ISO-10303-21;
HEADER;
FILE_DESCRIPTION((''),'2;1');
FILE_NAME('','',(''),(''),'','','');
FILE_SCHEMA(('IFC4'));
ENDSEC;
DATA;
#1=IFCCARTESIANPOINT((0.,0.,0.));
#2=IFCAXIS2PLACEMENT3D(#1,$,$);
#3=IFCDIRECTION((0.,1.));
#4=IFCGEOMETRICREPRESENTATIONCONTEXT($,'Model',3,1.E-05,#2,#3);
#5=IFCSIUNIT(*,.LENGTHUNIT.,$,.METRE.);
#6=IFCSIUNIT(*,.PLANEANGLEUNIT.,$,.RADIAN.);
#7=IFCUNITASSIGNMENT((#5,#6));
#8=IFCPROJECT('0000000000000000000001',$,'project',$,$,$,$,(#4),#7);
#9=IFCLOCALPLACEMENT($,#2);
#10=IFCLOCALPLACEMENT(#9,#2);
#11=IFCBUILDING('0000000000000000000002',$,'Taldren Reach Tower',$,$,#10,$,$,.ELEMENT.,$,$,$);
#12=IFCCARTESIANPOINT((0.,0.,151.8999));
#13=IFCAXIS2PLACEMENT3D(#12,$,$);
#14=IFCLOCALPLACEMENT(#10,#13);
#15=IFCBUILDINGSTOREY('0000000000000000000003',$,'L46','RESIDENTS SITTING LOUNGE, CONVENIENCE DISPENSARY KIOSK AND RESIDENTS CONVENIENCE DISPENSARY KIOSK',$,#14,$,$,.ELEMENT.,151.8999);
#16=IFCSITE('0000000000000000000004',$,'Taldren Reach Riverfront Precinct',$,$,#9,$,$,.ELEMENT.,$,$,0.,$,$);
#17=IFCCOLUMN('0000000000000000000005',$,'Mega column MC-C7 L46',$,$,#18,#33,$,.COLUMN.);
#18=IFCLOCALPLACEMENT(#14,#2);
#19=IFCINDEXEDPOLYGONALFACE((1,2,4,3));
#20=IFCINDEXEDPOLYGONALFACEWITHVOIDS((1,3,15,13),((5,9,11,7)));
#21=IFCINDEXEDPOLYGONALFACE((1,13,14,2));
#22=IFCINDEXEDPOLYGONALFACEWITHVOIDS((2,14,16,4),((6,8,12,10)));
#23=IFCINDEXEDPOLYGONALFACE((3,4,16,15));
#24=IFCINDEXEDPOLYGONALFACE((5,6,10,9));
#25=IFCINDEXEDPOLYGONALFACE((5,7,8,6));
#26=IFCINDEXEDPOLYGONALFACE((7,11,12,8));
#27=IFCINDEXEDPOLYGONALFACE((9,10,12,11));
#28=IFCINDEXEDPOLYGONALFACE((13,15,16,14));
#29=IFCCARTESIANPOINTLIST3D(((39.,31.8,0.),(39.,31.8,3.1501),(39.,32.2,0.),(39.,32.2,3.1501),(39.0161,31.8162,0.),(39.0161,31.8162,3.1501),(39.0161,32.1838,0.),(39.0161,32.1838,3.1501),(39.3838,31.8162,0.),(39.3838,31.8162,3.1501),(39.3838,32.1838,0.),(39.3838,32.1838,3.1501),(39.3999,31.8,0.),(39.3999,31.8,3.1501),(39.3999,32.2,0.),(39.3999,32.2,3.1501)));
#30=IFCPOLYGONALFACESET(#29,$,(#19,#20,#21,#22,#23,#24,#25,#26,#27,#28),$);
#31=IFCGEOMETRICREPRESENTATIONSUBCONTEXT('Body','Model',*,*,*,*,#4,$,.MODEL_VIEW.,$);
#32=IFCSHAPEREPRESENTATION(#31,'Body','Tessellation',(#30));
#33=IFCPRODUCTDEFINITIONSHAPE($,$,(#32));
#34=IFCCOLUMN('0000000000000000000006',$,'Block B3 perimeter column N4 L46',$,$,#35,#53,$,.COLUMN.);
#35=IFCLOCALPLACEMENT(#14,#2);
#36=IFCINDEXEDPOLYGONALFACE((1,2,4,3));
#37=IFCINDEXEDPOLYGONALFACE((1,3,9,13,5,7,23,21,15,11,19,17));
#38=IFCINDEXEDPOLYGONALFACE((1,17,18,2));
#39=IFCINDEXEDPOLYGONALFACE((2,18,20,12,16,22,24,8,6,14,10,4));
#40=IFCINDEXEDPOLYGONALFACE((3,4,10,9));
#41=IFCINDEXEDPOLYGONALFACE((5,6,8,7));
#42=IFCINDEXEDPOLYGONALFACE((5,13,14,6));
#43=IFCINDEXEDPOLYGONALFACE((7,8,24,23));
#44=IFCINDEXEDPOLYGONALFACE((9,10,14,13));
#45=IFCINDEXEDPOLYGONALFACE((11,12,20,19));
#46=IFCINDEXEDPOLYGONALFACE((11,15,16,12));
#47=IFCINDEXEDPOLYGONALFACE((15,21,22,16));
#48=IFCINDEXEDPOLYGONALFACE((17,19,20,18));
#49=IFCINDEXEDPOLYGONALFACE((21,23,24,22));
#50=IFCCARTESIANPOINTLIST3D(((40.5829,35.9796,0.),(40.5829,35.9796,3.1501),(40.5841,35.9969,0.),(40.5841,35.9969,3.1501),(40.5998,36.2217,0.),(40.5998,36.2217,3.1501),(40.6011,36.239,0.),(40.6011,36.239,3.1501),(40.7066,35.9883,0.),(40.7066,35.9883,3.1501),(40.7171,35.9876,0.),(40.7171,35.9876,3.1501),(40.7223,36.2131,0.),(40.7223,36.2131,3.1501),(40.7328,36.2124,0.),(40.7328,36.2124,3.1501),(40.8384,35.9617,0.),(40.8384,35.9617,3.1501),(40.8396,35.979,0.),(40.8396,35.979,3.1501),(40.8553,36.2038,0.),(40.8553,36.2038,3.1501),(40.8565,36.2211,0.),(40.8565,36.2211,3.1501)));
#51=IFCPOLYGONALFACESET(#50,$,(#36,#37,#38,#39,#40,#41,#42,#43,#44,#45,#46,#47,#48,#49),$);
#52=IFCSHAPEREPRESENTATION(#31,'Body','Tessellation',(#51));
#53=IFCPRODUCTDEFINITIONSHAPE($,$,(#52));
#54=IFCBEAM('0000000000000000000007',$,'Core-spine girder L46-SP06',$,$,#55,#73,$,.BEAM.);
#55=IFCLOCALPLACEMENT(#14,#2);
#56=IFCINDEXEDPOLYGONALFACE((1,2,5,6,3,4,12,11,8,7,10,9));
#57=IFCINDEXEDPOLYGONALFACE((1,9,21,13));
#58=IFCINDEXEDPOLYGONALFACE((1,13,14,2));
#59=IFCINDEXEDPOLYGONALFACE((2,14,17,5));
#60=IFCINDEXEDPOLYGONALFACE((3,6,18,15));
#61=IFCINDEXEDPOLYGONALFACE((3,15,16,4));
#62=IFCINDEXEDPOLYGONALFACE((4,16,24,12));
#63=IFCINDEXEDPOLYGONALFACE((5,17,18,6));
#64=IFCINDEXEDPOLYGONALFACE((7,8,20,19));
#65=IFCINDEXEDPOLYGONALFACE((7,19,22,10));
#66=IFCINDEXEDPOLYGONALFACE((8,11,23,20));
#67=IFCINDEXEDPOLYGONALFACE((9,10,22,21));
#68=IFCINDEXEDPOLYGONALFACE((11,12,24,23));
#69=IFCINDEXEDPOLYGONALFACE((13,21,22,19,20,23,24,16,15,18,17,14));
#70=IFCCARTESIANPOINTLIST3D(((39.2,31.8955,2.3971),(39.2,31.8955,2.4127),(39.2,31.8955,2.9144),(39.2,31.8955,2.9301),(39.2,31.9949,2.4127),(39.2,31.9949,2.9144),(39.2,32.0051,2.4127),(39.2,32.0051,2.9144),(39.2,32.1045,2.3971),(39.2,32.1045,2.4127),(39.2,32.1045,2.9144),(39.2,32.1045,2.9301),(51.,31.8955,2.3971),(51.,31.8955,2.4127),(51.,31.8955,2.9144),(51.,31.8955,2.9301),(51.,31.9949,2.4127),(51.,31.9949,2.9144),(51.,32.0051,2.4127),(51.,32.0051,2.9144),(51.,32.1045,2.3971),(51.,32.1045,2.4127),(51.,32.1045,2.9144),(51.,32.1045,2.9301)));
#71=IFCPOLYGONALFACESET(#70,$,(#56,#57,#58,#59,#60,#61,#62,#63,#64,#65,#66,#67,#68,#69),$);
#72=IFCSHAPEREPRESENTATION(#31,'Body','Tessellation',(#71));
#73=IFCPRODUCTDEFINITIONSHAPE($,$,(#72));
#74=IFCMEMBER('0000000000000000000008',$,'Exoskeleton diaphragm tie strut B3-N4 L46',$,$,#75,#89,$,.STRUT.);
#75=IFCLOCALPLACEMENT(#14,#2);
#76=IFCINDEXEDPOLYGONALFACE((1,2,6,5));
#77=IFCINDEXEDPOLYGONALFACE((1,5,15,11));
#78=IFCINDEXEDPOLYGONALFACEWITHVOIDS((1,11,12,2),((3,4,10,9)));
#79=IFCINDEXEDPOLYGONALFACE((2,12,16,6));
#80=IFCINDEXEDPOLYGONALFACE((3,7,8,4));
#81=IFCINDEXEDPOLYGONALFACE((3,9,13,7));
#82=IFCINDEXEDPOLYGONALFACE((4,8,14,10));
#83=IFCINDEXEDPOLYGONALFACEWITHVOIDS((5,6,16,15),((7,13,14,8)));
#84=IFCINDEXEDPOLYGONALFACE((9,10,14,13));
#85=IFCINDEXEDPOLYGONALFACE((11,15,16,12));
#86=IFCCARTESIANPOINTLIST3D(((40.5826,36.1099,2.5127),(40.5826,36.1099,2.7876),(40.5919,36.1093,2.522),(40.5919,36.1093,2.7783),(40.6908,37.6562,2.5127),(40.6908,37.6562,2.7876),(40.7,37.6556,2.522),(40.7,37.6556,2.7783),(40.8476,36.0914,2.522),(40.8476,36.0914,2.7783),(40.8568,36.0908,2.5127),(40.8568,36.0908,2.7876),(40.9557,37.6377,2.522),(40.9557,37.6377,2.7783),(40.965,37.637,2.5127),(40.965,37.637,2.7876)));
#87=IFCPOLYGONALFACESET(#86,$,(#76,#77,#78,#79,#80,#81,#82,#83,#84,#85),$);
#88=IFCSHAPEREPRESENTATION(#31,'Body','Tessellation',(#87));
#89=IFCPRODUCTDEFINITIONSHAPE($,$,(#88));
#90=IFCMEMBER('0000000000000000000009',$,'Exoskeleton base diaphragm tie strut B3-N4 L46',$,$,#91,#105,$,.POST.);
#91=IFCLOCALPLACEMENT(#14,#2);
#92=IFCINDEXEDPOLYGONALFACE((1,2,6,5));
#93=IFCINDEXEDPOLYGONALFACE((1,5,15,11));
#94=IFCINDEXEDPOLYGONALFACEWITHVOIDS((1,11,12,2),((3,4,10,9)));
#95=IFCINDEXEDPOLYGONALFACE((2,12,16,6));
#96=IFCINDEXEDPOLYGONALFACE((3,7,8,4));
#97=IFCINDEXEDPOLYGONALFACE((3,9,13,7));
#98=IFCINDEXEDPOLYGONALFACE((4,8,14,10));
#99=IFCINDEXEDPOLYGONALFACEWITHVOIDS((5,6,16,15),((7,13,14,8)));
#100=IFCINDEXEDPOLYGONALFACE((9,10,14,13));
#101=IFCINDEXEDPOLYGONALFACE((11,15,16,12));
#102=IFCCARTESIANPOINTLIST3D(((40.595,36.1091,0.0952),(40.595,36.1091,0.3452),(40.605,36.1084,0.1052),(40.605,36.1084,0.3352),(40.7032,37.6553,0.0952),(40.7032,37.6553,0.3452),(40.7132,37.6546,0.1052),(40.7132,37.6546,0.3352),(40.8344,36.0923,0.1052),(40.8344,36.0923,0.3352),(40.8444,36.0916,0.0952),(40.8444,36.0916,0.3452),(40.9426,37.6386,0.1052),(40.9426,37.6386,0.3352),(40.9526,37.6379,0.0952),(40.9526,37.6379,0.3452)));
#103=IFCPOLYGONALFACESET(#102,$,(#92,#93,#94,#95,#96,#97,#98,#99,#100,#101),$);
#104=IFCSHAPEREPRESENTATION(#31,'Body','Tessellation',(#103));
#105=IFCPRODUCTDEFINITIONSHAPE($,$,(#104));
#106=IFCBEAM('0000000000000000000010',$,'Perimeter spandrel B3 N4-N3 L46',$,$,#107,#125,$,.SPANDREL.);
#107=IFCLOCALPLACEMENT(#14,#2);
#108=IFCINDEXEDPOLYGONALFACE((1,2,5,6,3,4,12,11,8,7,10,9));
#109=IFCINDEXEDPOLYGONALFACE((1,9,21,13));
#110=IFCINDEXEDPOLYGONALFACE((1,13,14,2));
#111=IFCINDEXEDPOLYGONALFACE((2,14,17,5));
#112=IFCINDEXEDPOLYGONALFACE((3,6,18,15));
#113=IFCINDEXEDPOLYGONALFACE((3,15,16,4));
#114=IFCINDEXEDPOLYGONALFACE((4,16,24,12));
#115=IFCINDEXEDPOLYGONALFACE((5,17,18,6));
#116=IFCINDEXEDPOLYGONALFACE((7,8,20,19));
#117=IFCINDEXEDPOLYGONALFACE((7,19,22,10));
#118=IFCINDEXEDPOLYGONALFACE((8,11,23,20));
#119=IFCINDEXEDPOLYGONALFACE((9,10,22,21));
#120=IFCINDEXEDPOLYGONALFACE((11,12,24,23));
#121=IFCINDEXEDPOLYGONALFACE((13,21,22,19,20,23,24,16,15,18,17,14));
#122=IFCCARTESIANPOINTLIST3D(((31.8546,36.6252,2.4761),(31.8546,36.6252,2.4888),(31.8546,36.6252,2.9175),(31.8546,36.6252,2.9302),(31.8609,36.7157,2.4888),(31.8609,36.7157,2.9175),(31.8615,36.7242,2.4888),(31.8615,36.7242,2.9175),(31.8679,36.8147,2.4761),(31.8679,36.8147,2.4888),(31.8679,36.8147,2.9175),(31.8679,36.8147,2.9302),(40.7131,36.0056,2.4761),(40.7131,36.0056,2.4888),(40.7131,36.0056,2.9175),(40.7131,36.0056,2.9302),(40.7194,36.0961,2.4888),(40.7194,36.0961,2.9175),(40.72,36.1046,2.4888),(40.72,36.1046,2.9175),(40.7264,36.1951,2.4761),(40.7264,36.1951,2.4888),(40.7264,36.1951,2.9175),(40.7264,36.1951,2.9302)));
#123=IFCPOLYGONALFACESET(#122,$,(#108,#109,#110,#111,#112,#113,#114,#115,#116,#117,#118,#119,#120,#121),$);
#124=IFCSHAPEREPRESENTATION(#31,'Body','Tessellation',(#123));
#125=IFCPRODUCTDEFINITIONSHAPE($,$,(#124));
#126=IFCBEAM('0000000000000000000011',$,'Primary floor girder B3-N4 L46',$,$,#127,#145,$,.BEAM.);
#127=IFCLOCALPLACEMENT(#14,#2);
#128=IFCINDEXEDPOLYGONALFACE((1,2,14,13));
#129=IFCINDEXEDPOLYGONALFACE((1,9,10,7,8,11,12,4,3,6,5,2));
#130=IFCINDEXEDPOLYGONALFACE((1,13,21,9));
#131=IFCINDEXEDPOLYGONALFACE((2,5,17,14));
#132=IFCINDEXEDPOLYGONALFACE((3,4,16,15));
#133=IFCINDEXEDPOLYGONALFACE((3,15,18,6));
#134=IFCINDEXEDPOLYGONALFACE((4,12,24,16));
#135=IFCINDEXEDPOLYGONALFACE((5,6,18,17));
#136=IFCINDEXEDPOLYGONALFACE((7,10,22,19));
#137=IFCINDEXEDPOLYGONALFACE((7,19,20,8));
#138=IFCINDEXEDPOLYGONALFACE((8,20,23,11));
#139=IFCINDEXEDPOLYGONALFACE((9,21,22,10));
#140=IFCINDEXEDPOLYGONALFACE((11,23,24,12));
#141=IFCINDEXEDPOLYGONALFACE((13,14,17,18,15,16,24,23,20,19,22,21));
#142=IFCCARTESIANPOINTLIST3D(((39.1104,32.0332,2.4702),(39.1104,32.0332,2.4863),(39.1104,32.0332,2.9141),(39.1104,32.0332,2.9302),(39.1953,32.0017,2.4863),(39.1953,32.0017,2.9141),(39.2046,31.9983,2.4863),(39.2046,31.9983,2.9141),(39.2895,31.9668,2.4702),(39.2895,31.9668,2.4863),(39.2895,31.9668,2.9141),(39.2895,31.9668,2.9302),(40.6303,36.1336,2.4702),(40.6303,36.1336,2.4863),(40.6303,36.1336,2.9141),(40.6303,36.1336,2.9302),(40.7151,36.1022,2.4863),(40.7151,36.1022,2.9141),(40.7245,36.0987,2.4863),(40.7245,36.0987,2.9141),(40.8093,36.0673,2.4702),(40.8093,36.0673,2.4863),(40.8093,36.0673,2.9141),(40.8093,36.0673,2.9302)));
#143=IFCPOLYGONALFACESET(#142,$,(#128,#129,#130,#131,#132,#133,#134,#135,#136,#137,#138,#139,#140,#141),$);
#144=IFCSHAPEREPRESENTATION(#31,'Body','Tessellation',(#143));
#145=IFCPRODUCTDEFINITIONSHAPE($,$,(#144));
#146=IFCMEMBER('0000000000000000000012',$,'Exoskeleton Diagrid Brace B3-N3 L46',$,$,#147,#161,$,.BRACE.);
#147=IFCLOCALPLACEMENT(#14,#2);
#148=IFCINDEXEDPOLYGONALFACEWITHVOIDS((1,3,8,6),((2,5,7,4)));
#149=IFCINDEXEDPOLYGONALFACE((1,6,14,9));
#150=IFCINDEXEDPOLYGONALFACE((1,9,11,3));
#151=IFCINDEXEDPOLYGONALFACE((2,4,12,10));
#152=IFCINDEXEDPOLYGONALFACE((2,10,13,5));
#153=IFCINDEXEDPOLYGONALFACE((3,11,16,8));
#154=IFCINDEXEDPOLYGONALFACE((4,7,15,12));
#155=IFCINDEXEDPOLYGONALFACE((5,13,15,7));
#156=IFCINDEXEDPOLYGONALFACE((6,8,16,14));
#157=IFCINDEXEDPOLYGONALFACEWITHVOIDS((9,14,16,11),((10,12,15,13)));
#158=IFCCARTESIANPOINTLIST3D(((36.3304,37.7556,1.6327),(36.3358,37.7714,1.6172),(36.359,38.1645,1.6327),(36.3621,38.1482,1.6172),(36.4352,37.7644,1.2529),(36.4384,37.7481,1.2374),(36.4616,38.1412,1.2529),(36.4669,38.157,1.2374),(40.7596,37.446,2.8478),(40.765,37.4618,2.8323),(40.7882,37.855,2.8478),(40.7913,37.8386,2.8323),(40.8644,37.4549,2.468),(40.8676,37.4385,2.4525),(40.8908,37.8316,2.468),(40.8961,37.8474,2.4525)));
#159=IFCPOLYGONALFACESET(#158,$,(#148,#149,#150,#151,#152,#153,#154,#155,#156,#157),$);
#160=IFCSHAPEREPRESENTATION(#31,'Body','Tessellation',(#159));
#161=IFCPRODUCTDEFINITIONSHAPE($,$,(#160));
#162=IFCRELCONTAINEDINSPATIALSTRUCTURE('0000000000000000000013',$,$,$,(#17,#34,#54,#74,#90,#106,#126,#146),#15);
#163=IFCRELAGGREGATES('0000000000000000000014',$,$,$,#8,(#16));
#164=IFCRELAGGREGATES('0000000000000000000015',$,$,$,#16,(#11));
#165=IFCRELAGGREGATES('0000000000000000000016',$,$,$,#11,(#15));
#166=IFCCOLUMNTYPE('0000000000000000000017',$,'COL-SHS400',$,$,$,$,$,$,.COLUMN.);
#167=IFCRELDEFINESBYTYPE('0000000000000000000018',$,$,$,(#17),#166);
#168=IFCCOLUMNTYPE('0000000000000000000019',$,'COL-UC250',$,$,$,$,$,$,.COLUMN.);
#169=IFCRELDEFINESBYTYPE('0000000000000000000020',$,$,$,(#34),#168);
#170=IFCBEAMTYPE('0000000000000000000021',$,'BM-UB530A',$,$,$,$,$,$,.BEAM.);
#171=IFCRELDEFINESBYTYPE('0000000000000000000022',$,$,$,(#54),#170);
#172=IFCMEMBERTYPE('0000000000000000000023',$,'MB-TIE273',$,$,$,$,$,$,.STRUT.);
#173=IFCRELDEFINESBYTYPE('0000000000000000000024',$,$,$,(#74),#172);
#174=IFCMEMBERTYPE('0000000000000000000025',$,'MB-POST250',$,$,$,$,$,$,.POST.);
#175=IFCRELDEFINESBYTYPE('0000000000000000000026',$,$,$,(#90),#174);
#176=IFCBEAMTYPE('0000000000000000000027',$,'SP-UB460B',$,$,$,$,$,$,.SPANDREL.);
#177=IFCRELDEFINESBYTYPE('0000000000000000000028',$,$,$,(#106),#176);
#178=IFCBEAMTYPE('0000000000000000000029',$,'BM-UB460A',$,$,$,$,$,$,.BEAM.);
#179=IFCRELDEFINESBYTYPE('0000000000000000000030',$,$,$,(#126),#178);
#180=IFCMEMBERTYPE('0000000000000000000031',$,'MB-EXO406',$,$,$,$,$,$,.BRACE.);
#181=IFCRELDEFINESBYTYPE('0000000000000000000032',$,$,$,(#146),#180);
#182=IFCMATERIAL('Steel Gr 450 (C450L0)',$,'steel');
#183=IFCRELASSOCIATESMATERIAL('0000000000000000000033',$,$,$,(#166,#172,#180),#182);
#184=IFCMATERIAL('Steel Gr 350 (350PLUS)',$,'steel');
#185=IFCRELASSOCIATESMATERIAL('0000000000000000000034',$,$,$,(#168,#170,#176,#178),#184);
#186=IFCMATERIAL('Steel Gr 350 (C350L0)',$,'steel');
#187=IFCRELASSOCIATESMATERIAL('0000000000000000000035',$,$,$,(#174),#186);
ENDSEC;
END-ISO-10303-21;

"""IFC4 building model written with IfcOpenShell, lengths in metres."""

from ifc_helpers import new_model, si_unit, direction, frame, origin, origin_2d, place, context, subcontext, project, spatial, hollow_rectangle, i_section, extrude, source, transform, mapped, material, material_profile, profile_set, type_object, element, save


model = new_model("IFC4")

# Units and contexts
model_context = context("Model", 3, precision=1e-05, world=origin(), true_north=direction((0.0, 1.0)))
body_context = subcontext(model_context, "Body", "Model", "MODEL_VIEW")
ifc_project = project(units=[si_unit("LENGTHUNIT", "METRE"), si_unit("PLANEANGLEUNIT", "RADIAN")], contexts=[model_context])

# Site, building, storey
site_placement = place(None, origin())
site = spatial("IfcSite", under=ifc_project, at=site_placement, Name="Taldren Reach Riverfront Precinct", CompositionType="ELEMENT", RefElevation=0.0)
building_placement = place(site_placement, origin())
building = spatial("IfcBuilding", under=site, at=building_placement, Name="Taldren Reach Tower", CompositionType="ELEMENT")
storey_placement = place(building_placement, frame((0.0, 0.0, 151.8999)))
storey = spatial("IfcBuildingStorey", under=building, at=storey_placement, Name="L46", Description="RESIDENTS SITTING LOUNGE, CONVENIENCE DISPENSARY KIOSK AND RESIDENTS CONVENIENCE DISPENSARY KIOSK", CompositionType="ELEMENT", Elevation=151.8999)

# Columns
ifc_material_1 = material(Name="Steel Gr 450 (C450L0)", Category="steel")
ifc_material_profile_1 = material_profile(ifc_material_1, hollow_rectangle(XDim=0.3999, YDim=0.3999, WallThickness=0.0161, at=origin_2d()), Name="400x400x16.0SHS")
ifc_profile_set_1 = profile_set([ifc_material_profile_1], Name="Steel Gr 450 (C450L0)")
column_type_1 = type_object("IfcColumnType", Name="COL-SHS400", PredefinedType="COLUMN", material=ifc_profile_set_1)
shared_shape_1 = source(origin(), body_context, "Body", "SweptSolid", [
    extrude(hollow_rectangle(XDim=0.3999, YDim=0.3999, WallThickness=0.0161, at=origin_2d()), origin(), (0.0, 0.0, 1.0), 3.1501),
])
column_1_placement = place(storey_placement, frame((39.2, 32.0, 0.0), z_axis=(0.0, 0.0, 1.0), x_axis=(1.0, 0.0, 0.0)))
element("IfcColumn", 1, at=column_1_placement, inside=storey, type_object=column_type_1, Name="Mega column MC-C7 L46", PredefinedType="COLUMN", context=body_context, shape_type="MappedRepresentation", body=[
    mapped(shared_shape_1, transform((0.0, 0.0, 0.0), scale=1.0)),
])
ifc_material_2 = material(Name="Steel Gr 350 (350PLUS)", Category="steel")
ifc_material_profile_2 = material_profile(ifc_material_2, i_section(OverallWidth=0.2561, OverallDepth=0.26, WebThickness=0.0105, FlangeThickness=0.0173, at=origin_2d()), Name="250UC89.5")
ifc_profile_set_2 = profile_set([ifc_material_profile_2], Name="Steel Gr 350 (350PLUS)")
column_type_2 = type_object("IfcColumnType", Name="COL-UC250", PredefinedType="COLUMN", material=ifc_profile_set_2)
shared_shape_2 = source(origin(), body_context, "Body", "SweptSolid", [
    extrude(i_section(OverallWidth=0.2561, OverallDepth=0.26, WebThickness=0.0105, FlangeThickness=0.0173, at=origin_2d()), origin(), (0.0, 0.0, 1.0), 3.1501),
])
column_2_placement = place(storey_placement, frame((40.7197, 36.1003, 0.0), z_axis=(0.0, 0.0, 1.0), x_axis=(0.997564, -0.069756, 0.0)))
element("IfcColumn", 2, at=column_2_placement, inside=storey, type_object=column_type_2, Name="Block B3 perimeter column N4 L46", PredefinedType="COLUMN", context=body_context, shape_type="MappedRepresentation", body=[
    mapped(shared_shape_2, transform((0.0, 0.0, 0.0), scale=1.0)),
])

# Beam
ifc_material_profile_3 = material_profile(ifc_material_2, i_section(OverallWidth=0.209, OverallDepth=0.533, WebThickness=0.0103, FlangeThickness=0.0156, at=origin_2d()), Name="530UB92.4")
ifc_profile_set_3 = profile_set([ifc_material_profile_3], Name="Steel Gr 350 (350PLUS)")
beam_type_1 = type_object("IfcBeamType", Name="BM-UB530A", PredefinedType="BEAM", material=ifc_profile_set_3)
shared_shape_3 = source(origin(), body_context, "Body", "SweptSolid", [
    extrude(i_section(OverallWidth=0.209, OverallDepth=0.533, WebThickness=0.0103, FlangeThickness=0.0156, at=origin_2d()), origin(), (0.0, 0.0, 1.0), 11.8),
])
beam_1_placement = place(storey_placement, frame((39.2, 32.0, 2.6636), z_axis=(1.0, 0.0, 0.0), x_axis=(0.0, 1.0, 0.0)))
element("IfcBeam", 3, at=beam_1_placement, inside=storey, type_object=beam_type_1, Name="Core-spine girder L46-SP06", PredefinedType="BEAM", context=body_context, shape_type="MappedRepresentation", body=[
    mapped(shared_shape_3, transform((0.0, 0.0, 0.0), scale=1.0)),
])

# Members
ifc_material_profile_4 = material_profile(ifc_material_1, hollow_rectangle(XDim=0.2749, YDim=0.2749, WallThickness=0.0093, at=origin_2d()), Name="275x275x9.3SHS")
ifc_profile_set_4 = profile_set([ifc_material_profile_4], Name="Steel Gr 450 (C450L0)")
member_type_1 = type_object("IfcMemberType", Name="MB-TIE273", PredefinedType="STRUT", material=ifc_profile_set_4)
shared_shape_4 = source(origin(), body_context, "Body", "SweptSolid", [
    extrude(hollow_rectangle(XDim=0.2749, YDim=0.2749, WallThickness=0.0093, at=origin_2d()), origin(), (0.0, 0.0, 1.0), 1.55),
])
member_1_placement = place(storey_placement, frame((40.7197, 36.1003, 2.6501), z_axis=(0.06977, 0.997563, 0.0), x_axis=(-0.997563, 0.06977, 0.0)))
element("IfcMember", 4, at=member_1_placement, inside=storey, type_object=member_type_1, Name="Exoskeleton diaphragm tie strut B3-N4 L46", PredefinedType="STRUT", context=body_context, shape_type="MappedRepresentation", body=[
    mapped(shared_shape_4, transform((0.0, 0.0, 0.0), scale=1.0)),
])
ifc_material_3 = material(Name="Steel Gr 350 (C350L0)", Category="steel")
ifc_material_profile_5 = material_profile(ifc_material_3, hollow_rectangle(XDim=0.25, YDim=0.25, WallThickness=0.01, at=origin_2d()), Name="250x250x10.0SHS")
ifc_profile_set_5 = profile_set([ifc_material_profile_5], Name="Steel Gr 350 (C350L0)")
member_type_2 = type_object("IfcMemberType", Name="MB-POST250", PredefinedType="POST", material=ifc_profile_set_5)
shared_shape_5 = source(origin(), body_context, "Body", "SweptSolid", [
    extrude(hollow_rectangle(XDim=0.25, YDim=0.25, WallThickness=0.01, at=origin_2d()), origin(), (0.0, 0.0, 1.0), 1.55),
])
member_2_placement = place(storey_placement, frame((40.7197, 36.1003, 0.2202), z_axis=(0.06977, 0.997563, 0.0), x_axis=(-0.997563, 0.06977, 0.0)))
element("IfcMember", 5, at=member_2_placement, inside=storey, type_object=member_type_2, Name="Exoskeleton base diaphragm tie strut B3-N4 L46", PredefinedType="POST", context=body_context, shape_type="MappedRepresentation", body=[
    mapped(shared_shape_5, transform((0.0, 0.0, 0.0), scale=1.0)),
])

# Beams
ifc_material_profile_6 = material_profile(ifc_material_2, i_section(OverallWidth=0.1899, OverallDepth=0.4541, WebThickness=0.0085, FlangeThickness=0.0127, at=origin_2d()), Name="460UB67.1")
ifc_profile_set_6 = profile_set([ifc_material_profile_6], Name="Steel Gr 350 (350PLUS)")
beam_type_2 = type_object("IfcBeamType", Name="SP-UB460B", PredefinedType="SPANDREL", material=ifc_profile_set_6)
shared_shape_6 = source(origin(), body_context, "Body", "SweptSolid", [
    extrude(i_section(OverallWidth=0.1899, OverallDepth=0.4541, WebThickness=0.0085, FlangeThickness=0.0127, at=origin_2d()), origin(), (0.0, 0.0, 1.0), 8.8801),
])
beam_2_placement = place(storey_placement, frame((40.7197, 36.1003, 2.7031), z_axis=(-0.997563, 0.069778, 0.0), x_axis=(-0.069778, -0.997563, 0.0)))
element("IfcBeam", 6, at=beam_2_placement, inside=storey, type_object=beam_type_2, Name="Perimeter spandrel B3 N4-N3 L46", PredefinedType="SPANDREL", context=body_context, shape_type="MappedRepresentation", body=[
    mapped(shared_shape_6, transform((0.0, 0.0, 0.0), scale=1.0)),
])
ifc_material_profile_7 = material_profile(ifc_material_2, i_section(OverallWidth=0.1909, OverallDepth=0.46, WebThickness=0.01, FlangeThickness=0.0161, at=origin_2d()), Name="460UB82.1")
ifc_profile_set_7 = profile_set([ifc_material_profile_7], Name="Steel Gr 350 (350PLUS)")
beam_type_3 = type_object("IfcBeamType", Name="BM-UB460A", PredefinedType="BEAM", material=ifc_profile_set_7)
shared_shape_7 = source(origin(), body_context, "Body", "SweptSolid", [
    extrude(i_section(OverallWidth=0.1909, OverallDepth=0.46, WebThickness=0.01, FlangeThickness=0.0161, at=origin_2d()), origin(), (0.0, 0.0, 1.0), 4.373),
])
beam_3_placement = place(storey_placement, frame((39.2, 32.0, 2.7002), z_axis=(0.347542, 0.937665, 0.0), x_axis=(-0.937665, 0.347542, 0.0)))
element("IfcBeam", 7, at=beam_3_placement, inside=storey, type_object=beam_type_3, Name="Primary floor girder B3-N4 L46", PredefinedType="BEAM", context=body_context, shape_type="MappedRepresentation", body=[
    mapped(shared_shape_7, transform((0.0, 0.0, 0.0), scale=1.0)),
])

# Member
ifc_material_profile_8 = material_profile(ifc_material_1, hollow_rectangle(XDim=0.4099, YDim=0.4099, WallThickness=0.0161, at=origin_2d()), Name="410x410x16.0SHS")
ifc_profile_set_8 = profile_set([ifc_material_profile_8], Name="Steel Gr 450 (C450L0)")
member_type_3 = type_object("IfcMemberType", Name="MB-EXO406", PredefinedType="BRACE", material=ifc_profile_set_8)
shared_shape_8 = source(origin(), body_context, "Body", "SweptSolid", [
    extrude(hollow_rectangle(XDim=0.4099, YDim=0.4099, WallThickness=0.0161, at=origin_2d()), origin(), (0.0, 0.0, 1.0), 4.6033),
])
member_3_placement = place(storey_placement, frame((36.3987, 37.9563, 1.4351), z_axis=(0.962186, -0.06725, 0.263962), x_axis=(0.069723, 0.997566, 0.0)))
element("IfcMember", 8, at=member_3_placement, inside=storey, type_object=member_type_3, Name="Exoskeleton Diagrid Brace B3-N3 L46", PredefinedType="BRACE", context=body_context, shape_type="MappedRepresentation", body=[
    mapped(shared_shape_8, transform((0.0, 0.0, 0.0), scale=1.0)),
])

save(model, "model.ifc")
